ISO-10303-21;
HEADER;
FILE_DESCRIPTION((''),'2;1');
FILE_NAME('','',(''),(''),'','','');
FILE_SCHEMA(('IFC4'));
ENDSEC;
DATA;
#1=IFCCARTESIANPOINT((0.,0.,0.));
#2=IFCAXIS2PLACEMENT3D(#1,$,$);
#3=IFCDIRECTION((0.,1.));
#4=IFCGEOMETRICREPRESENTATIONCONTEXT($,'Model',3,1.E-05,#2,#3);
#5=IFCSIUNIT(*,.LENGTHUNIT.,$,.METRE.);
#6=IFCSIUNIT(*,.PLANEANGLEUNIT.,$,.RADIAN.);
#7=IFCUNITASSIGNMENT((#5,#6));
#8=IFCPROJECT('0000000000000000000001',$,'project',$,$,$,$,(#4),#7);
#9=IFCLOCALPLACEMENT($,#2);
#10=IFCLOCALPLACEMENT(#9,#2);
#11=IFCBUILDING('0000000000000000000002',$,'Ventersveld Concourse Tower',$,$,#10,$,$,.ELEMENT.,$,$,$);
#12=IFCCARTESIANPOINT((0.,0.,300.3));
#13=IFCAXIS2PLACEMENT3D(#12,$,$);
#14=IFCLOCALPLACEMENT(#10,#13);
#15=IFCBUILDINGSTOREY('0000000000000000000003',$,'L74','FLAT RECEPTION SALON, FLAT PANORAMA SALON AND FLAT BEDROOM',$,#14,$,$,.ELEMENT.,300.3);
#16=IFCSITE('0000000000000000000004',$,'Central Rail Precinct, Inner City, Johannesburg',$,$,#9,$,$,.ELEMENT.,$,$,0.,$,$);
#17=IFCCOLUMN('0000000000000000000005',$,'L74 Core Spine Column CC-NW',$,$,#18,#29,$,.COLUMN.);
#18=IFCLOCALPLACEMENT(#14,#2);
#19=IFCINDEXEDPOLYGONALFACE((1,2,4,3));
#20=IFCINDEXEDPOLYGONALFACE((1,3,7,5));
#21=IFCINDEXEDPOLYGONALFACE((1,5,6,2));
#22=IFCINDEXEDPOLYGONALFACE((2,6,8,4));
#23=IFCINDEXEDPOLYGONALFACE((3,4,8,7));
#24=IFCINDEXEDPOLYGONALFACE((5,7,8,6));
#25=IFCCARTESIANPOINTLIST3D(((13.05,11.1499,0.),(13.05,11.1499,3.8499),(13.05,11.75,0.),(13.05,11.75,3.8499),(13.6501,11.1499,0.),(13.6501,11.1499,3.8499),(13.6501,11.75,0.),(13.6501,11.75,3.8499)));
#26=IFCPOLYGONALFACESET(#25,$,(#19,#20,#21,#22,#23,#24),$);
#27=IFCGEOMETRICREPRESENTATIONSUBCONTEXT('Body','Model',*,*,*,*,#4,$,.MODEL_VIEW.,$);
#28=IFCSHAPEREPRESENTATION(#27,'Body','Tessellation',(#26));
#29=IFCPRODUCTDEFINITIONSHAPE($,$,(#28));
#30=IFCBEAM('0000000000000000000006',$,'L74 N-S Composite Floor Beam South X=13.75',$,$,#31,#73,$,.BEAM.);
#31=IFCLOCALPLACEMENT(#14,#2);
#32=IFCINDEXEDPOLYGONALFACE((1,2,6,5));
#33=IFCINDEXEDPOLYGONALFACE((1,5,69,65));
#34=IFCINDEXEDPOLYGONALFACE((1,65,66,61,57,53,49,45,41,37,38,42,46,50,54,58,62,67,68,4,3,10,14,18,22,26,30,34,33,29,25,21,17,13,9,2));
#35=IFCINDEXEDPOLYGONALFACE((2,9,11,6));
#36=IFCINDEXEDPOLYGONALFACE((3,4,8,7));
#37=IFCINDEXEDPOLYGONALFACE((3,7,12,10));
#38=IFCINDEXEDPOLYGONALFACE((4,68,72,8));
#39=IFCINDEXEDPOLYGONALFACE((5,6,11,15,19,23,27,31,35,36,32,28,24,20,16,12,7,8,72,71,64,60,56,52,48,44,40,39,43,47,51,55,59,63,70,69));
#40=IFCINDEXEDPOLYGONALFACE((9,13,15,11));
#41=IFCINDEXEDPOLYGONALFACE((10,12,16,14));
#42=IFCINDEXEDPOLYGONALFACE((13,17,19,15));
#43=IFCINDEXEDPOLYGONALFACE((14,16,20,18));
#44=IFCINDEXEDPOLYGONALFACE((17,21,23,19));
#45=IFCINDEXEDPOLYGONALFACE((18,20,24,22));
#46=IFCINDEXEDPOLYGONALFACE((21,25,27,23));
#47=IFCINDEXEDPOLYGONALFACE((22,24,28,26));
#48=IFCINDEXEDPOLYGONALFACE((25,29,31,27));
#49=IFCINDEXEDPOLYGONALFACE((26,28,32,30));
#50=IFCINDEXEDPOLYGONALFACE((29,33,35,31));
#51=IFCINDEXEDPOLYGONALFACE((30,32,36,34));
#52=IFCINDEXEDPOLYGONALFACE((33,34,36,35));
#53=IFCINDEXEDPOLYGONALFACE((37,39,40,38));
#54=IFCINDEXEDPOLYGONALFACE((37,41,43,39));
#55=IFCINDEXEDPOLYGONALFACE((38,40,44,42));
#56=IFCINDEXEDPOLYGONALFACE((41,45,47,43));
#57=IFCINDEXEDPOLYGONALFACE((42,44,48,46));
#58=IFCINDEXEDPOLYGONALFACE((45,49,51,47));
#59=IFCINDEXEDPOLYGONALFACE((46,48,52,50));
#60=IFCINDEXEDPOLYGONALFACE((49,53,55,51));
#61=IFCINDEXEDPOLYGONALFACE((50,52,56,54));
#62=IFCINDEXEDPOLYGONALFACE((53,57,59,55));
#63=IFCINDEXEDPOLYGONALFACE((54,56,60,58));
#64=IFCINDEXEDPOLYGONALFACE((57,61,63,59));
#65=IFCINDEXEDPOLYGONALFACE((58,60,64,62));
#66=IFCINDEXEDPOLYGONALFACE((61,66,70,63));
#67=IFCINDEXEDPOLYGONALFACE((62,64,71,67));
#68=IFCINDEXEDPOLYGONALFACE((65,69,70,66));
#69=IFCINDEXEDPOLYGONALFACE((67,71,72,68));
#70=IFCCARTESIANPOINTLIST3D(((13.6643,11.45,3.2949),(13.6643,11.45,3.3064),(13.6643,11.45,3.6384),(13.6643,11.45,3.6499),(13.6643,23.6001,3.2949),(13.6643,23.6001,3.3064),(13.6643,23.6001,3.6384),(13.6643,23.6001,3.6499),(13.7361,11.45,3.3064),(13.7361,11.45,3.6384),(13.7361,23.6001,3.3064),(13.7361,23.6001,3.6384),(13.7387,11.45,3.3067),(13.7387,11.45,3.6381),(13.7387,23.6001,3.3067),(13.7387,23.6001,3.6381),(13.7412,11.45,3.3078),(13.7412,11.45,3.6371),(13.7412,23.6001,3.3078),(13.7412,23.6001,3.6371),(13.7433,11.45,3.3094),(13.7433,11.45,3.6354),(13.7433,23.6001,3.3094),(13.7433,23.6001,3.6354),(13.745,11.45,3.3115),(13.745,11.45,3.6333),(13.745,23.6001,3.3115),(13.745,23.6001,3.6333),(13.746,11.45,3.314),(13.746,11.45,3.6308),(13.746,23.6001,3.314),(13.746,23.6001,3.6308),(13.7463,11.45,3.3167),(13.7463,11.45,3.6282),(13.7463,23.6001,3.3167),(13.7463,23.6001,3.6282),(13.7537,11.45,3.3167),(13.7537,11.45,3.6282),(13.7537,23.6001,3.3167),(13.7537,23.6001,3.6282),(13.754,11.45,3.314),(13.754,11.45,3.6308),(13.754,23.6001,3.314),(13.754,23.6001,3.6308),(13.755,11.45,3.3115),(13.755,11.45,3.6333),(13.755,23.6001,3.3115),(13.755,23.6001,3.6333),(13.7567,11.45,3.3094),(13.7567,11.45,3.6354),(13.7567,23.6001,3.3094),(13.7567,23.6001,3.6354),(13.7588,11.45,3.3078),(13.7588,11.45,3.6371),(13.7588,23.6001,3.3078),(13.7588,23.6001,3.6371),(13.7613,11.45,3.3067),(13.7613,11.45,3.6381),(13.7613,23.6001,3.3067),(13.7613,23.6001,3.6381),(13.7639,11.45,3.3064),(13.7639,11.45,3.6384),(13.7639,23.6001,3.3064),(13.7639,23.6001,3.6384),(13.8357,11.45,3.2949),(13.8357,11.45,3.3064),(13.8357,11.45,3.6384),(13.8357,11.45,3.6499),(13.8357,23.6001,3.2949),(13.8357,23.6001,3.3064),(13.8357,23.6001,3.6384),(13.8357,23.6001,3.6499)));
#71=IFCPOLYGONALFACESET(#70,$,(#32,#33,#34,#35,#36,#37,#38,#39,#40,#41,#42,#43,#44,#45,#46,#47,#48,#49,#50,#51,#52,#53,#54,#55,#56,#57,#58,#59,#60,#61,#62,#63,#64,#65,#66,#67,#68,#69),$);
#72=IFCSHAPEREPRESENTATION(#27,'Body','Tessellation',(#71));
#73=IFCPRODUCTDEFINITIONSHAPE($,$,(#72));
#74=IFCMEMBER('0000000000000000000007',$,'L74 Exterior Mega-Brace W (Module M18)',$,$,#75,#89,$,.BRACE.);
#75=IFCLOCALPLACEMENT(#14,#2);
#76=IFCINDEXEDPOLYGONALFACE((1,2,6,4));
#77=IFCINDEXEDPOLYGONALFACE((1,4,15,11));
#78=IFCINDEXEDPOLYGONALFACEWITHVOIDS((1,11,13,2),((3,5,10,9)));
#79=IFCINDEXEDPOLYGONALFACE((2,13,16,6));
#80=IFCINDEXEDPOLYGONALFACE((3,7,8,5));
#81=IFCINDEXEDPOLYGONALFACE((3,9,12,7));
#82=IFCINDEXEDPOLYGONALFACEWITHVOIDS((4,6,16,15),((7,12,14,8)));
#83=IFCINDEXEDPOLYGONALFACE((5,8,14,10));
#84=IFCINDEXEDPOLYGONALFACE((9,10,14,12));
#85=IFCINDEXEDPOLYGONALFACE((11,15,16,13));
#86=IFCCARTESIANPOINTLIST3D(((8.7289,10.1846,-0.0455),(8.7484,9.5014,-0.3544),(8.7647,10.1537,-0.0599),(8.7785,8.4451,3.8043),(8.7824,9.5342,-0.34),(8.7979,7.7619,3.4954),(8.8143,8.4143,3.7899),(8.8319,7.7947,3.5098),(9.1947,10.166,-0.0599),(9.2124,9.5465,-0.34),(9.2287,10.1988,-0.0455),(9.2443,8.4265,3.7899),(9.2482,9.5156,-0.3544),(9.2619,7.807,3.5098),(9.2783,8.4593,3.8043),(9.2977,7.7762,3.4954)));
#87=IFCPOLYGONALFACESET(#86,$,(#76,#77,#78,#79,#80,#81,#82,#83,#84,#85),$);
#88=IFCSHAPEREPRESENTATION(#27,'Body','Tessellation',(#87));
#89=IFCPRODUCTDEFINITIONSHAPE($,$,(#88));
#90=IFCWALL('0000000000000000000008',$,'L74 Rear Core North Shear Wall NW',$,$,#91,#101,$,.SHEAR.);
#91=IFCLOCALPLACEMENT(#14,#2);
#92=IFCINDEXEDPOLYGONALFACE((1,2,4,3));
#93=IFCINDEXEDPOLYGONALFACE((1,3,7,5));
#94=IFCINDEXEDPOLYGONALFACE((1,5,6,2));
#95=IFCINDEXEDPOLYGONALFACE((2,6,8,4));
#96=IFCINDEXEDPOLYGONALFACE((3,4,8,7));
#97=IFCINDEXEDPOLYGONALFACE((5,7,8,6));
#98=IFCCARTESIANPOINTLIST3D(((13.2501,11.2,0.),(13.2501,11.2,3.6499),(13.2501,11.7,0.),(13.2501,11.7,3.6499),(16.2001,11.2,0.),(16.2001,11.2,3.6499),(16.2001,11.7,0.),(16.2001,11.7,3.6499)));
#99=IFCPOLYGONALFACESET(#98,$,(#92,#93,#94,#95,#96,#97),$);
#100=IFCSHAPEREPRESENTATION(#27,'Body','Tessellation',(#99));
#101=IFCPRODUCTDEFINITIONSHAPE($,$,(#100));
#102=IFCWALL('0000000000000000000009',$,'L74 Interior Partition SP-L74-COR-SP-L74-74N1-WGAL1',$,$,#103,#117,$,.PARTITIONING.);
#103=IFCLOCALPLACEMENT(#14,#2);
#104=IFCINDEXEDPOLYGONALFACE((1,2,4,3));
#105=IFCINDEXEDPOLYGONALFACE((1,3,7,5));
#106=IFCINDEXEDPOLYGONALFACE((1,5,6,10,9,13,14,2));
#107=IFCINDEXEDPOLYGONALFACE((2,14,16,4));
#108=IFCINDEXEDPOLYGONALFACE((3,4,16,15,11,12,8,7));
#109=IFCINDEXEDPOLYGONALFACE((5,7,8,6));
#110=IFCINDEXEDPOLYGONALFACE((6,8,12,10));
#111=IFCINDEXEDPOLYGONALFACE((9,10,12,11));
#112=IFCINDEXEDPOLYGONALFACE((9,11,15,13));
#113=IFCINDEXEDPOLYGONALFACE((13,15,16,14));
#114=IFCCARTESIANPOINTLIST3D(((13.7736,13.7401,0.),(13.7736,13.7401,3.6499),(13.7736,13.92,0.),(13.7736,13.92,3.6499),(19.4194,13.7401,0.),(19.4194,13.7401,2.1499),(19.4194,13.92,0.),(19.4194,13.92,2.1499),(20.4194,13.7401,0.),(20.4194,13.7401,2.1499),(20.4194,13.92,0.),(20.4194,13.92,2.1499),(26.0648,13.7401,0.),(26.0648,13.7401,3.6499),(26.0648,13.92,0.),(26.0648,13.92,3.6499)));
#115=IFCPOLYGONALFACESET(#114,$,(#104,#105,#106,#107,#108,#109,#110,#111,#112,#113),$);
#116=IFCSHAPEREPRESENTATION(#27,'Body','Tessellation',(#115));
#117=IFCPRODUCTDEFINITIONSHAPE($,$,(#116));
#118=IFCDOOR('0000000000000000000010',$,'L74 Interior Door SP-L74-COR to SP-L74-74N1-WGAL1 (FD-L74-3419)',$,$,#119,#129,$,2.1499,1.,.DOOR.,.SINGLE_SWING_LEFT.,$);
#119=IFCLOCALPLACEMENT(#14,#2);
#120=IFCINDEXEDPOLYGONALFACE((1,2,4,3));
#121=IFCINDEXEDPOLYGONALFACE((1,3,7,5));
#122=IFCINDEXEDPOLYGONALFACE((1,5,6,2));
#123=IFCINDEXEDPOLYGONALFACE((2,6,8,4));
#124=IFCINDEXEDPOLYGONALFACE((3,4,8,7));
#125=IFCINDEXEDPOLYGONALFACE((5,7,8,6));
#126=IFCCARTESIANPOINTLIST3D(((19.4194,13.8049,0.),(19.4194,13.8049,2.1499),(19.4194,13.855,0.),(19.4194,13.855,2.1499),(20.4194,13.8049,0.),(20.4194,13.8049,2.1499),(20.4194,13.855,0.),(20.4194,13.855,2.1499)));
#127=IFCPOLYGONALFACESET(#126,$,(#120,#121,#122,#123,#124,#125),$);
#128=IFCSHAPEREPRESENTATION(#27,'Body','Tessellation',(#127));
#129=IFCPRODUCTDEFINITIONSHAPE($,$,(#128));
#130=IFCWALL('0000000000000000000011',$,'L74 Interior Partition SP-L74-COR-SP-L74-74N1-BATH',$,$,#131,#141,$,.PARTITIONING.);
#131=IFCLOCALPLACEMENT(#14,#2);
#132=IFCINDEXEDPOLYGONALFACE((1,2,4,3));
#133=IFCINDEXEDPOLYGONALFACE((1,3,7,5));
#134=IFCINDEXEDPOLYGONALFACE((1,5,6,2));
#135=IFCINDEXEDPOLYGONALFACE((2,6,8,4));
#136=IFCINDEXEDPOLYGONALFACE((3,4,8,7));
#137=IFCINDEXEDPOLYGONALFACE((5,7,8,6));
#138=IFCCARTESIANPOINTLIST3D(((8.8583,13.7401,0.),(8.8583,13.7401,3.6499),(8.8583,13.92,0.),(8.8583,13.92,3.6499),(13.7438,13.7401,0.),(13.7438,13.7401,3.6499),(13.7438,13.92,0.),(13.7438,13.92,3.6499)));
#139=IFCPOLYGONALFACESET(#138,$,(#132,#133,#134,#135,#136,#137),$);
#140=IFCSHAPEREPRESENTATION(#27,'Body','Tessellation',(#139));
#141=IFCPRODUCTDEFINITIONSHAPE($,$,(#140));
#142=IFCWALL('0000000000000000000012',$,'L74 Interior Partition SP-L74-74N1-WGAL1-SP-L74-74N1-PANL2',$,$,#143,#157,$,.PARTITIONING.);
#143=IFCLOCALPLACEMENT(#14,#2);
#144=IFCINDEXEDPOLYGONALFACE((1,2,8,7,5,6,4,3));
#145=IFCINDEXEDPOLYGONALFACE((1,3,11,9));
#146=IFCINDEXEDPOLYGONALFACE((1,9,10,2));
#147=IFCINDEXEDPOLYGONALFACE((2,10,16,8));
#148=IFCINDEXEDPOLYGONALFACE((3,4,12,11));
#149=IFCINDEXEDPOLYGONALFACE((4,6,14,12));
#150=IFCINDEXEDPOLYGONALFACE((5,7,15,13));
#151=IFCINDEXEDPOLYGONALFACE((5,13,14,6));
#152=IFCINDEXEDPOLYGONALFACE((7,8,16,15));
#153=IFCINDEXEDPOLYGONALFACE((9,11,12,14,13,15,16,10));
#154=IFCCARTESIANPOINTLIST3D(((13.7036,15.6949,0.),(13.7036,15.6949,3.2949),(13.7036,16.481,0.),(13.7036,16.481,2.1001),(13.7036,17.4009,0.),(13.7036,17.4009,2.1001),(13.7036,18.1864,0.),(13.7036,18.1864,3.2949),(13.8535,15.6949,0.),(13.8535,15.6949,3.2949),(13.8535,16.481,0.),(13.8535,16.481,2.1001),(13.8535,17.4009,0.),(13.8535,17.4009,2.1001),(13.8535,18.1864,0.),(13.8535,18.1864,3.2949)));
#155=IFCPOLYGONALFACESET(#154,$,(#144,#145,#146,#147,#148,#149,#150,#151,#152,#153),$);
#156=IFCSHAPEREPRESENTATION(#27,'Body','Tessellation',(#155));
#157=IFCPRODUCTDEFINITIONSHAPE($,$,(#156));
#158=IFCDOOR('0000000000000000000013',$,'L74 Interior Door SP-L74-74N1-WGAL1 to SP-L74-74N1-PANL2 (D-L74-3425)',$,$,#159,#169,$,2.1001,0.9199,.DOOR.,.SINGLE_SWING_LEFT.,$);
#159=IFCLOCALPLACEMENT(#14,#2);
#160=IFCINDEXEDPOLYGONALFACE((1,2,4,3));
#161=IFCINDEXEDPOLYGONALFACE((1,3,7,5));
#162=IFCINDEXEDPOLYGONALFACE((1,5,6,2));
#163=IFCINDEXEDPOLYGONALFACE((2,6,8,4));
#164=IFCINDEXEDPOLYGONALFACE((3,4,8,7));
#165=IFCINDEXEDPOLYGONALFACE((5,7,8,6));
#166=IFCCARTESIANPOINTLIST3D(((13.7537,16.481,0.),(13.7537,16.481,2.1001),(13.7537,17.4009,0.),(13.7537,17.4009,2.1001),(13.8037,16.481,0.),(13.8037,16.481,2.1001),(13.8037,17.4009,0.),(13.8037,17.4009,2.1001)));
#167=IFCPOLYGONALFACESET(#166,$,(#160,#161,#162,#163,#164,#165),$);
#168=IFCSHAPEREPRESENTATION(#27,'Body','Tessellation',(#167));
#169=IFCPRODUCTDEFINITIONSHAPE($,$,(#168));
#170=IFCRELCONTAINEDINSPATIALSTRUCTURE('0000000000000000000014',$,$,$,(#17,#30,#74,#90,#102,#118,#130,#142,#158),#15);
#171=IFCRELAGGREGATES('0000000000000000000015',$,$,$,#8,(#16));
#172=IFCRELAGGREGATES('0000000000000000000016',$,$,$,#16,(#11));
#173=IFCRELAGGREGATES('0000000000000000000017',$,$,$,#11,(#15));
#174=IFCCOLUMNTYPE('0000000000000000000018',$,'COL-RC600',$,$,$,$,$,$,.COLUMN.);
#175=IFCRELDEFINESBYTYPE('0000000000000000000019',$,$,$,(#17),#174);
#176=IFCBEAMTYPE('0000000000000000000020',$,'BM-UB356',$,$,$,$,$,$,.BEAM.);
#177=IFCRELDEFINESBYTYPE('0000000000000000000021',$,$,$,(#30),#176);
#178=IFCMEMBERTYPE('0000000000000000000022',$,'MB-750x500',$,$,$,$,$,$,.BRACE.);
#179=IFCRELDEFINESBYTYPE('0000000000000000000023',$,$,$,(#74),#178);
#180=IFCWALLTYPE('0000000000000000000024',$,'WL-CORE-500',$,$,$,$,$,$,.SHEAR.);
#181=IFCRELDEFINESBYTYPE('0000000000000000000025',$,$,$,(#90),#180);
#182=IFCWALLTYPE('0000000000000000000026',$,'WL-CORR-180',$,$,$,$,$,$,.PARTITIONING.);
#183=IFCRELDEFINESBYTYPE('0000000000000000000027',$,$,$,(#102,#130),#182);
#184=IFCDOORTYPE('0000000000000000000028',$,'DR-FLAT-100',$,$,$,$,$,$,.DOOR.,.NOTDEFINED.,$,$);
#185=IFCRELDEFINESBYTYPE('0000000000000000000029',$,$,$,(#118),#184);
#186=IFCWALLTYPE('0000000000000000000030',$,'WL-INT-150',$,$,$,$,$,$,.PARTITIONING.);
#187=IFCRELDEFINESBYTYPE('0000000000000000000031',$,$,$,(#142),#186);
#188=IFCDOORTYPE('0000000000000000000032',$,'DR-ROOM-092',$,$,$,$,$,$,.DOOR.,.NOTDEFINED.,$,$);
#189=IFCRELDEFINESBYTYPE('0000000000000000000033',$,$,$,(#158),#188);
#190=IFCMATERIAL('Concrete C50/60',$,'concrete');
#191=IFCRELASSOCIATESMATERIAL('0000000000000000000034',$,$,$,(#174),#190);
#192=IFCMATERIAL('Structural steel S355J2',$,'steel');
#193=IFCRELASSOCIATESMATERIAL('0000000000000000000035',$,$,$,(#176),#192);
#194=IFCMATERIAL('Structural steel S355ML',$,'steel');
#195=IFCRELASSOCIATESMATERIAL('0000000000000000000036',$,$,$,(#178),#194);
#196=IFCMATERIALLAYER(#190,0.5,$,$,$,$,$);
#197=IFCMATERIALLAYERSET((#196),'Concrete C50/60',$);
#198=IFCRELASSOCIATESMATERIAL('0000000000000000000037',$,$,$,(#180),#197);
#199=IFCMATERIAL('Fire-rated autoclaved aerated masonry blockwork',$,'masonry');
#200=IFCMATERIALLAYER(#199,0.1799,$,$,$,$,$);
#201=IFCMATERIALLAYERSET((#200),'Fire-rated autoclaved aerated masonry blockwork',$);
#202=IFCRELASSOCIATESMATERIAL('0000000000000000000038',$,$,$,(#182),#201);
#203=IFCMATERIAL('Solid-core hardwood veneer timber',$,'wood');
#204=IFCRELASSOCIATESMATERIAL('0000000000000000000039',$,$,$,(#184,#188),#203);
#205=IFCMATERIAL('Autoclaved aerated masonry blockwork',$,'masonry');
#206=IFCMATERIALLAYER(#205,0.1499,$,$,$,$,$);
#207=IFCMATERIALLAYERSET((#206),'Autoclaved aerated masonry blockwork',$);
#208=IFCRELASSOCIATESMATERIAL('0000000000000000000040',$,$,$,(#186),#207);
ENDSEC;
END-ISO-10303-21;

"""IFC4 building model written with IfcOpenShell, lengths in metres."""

from ifc_helpers import new_model, si_unit, direction, frame, frame_2d, origin, origin_2d, place, context, subcontext, project, spatial, rectangle, hollow_rectangle, i_section, extrude, material, layer, layer_set, material_profile, profile_set, type_object, element, fill, save


model = new_model("IFC4")

# Units and contexts
model_context = context("Model", 3, precision=1e-05, world=origin(), true_north=direction((0.0, 1.0)))
body_context = subcontext(model_context, "Body", "Model", "MODEL_VIEW")
ifc_project = project(units=[si_unit("LENGTHUNIT", "METRE"), si_unit("PLANEANGLEUNIT", "RADIAN")], contexts=[model_context])

# Site, building, storey
site_placement = place(None, origin())
site = spatial("IfcSite", under=ifc_project, at=site_placement, Name="Central Rail Precinct, Inner City, Johannesburg", CompositionType="ELEMENT", RefElevation=0.0)
building_placement = place(site_placement, origin())
building = spatial("IfcBuilding", under=site, at=building_placement, Name="Ventersveld Concourse Tower", CompositionType="ELEMENT")
storey_placement = place(building_placement, frame((0.0, 0.0, 300.3)))
storey = spatial("IfcBuildingStorey", under=building, at=storey_placement, Name="L74", Description="FLAT RECEPTION SALON, FLAT PANORAMA SALON AND FLAT BEDROOM", CompositionType="ELEMENT", Elevation=300.3)

# Column
ifc_material_1 = material(Name="Concrete C50/60", Category="concrete")
ifc_material_profile_1 = material_profile(ifc_material_1, rectangle(XDim=0.6001, YDim=0.6001, at=origin_2d()), Name="RC 600x600")
ifc_profile_set_1 = profile_set([ifc_material_profile_1], Name="Concrete C50/60")
column_type = type_object("IfcColumnType", Name="COL-RC600", PredefinedType="COLUMN", material=ifc_profile_set_1)
column_placement = place(storey_placement, frame((13.3501, 11.45, 0.0), z_axis=(0.0, 0.0, 1.0), x_axis=(1.0, 0.0, 0.0)))
element("IfcColumn", 1, at=column_placement, inside=storey, type_object=column_type, Name="L74 Core Spine Column CC-NW", PredefinedType="COLUMN", context=body_context, shape_type="SweptSolid", body=[
    extrude(rectangle(XDim=0.6001, YDim=0.6001, at=origin_2d()), origin(), (0.0, 0.0, 1.0), 3.8499),
])

# Beam
ifc_material_2 = material(Name="Structural steel S355J2", Category="steel")
ifc_material_profile_2 = material_profile(ifc_material_2, i_section(OverallWidth=0.1714, OverallDepth=0.355, WebThickness=0.0073, FlangeThickness=0.0115, FilletRadius=0.0103, at=origin_2d()), Name="UB 356x171x51")
ifc_profile_set_2 = profile_set([ifc_material_profile_2], Name="Structural steel S355J2")
beam_type = type_object("IfcBeamType", Name="BM-UB356", PredefinedType="BEAM", material=ifc_profile_set_2)
beam_placement = place(storey_placement, frame((13.75, 11.45, 3.4724), z_axis=(0.0, 1.0, 0.0), x_axis=(-1.0, 0.0, 0.0)))
element("IfcBeam", 2, at=beam_placement, inside=storey, type_object=beam_type, Name="L74 N-S Composite Floor Beam South X=13.75", PredefinedType="BEAM", context=body_context, shape_type="SweptSolid", body=[
    extrude(i_section(OverallWidth=0.1714, OverallDepth=0.355, WebThickness=0.0073, FlangeThickness=0.0115, FilletRadius=0.0103, at=origin_2d()), origin(), (0.0, 0.0, 1.0), 12.1501),
])

# Member
ifc_material_3 = material(Name="Structural steel S355ML", Category="steel")
ifc_material_profile_3 = material_profile(ifc_material_3, hollow_rectangle(XDim=0.5, YDim=0.75, WallThickness=0.0349, at=origin_2d()), Name="BOX 750x500x35")
ifc_profile_set_3 = profile_set([ifc_material_profile_3], Name="Structural steel S355ML")
member_type = type_object("IfcMemberType", Name="MB-750x500", PredefinedType="BRACE", material=ifc_profile_set_3)
member_placement = place(storey_placement, frame((8.9885, 9.8501, -0.2), z_axis=(0.011731, -0.411727, 0.911232), x_axis=(0.999594, 0.02848, 0.0)))
element("IfcMember", 3, at=member_placement, inside=storey, type_object=member_type, Name="L74 Exterior Mega-Brace W (Module M18)", PredefinedType="BRACE", context=body_context, shape_type="SweptSolid", body=[
    extrude(hollow_rectangle(XDim=0.5, YDim=0.75, WallThickness=0.0349, at=origin_2d()), origin(), (0.0, 0.0, 1.0), 4.2249),
])

# Wall
ifc_layer_1 = layer(ifc_material_1, 0.5)
ifc_layer_set_1 = layer_set([ifc_layer_1], Name="Concrete C50/60")
wall_type_1 = type_object("IfcWallType", Name="WL-CORE-500", PredefinedType="SHEAR", material=ifc_layer_set_1)
wall_1_placement = place(storey_placement, frame((13.25, 11.45, 0.0), z_axis=(0.0, 0.0, 1.0), x_axis=(1.0, 0.0, 0.0)))
element("IfcWall", 4, at=wall_1_placement, inside=storey, type_object=wall_type_1, Name="L74 Rear Core North Shear Wall NW", PredefinedType="SHEAR", context=body_context, shape_type="SweptSolid", body=[
    extrude(rectangle(XDim=2.95, YDim=0.5, at=frame_2d((1.4751, 0.0))), origin(), (0.0, 0.0, 1.0), 3.6499),
])

# Wall, opening, door
ifc_material_4 = material(Name="Fire-rated autoclaved aerated masonry blockwork", Category="masonry")
ifc_layer_2 = layer(ifc_material_4, 0.1799)
ifc_layer_set_2 = layer_set([ifc_layer_2], Name="Fire-rated autoclaved aerated masonry blockwork")
wall_type_2 = type_object("IfcWallType", Name="WL-CORR-180", PredefinedType="PARTITIONING", material=ifc_layer_set_2)
ifc_material_5 = material(Name="Solid-core hardwood veneer timber", Category="wood")
door_type_1 = type_object("IfcDoorType", Name="DR-FLAT-100", OperationType="NOTDEFINED", PredefinedType="DOOR", material=ifc_material_5)
wall_2_placement = place(storey_placement, frame((13.7737, 13.8301, 0.0), z_axis=(0.0, 0.0, 1.0), x_axis=(1.0, 0.0, 0.0)))
wall_2 = element("IfcWall", 5, at=wall_2_placement, inside=storey, type_object=wall_type_2, Name="L74 Interior Partition SP-L74-COR-SP-L74-74N1-WGAL1", PredefinedType="PARTITIONING", context=body_context, shape_type="SweptSolid", body=[
    extrude(rectangle(XDim=12.2913, YDim=0.1799, at=frame_2d((6.1455, 0.0))), origin(), (0.0, 0.0, 1.0), 3.6499),
])
opening_1_placement = place(wall_2_placement, frame((5.6458, 0.0, 0.0)))
opening_1 = element("IfcOpeningElement", 6, at=opening_1_placement, cuts=wall_2, PredefinedType="OPENING", context=body_context, shape_type="SweptSolid", body=[
    extrude(rectangle(XDim=1.0, YDim=2.1499, at=frame_2d((0.5, 1.075))), frame((0.0, 0.1001, 0.0), z_axis=(0.0, -1.0, 0.0), x_axis=(1.0, 0.0, 0.0)), (0.0, 0.0, 1.0), 0.2),
])
door_1_placement = place(opening_1_placement, origin())
door_1 = element("IfcDoor", 7, at=door_1_placement, inside=storey, type_object=door_type_1, Name="L74 Interior Door SP-L74-COR to SP-L74-74N1-WGAL1 (FD-L74-3419)", OperationType="SINGLE_SWING_LEFT", OverallHeight=2.1499, OverallWidth=1.0, PredefinedType="DOOR", context=body_context, shape_type="SweptSolid", body=[
    extrude(rectangle(XDim=1.0, YDim=2.1499, at=frame_2d((0.5, 1.075))), frame((0.0, 0.0249, 0.0), z_axis=(0.0, -1.0, 0.0), x_axis=(1.0, 0.0, 0.0)), (0.0, 0.0, 1.0), 0.05),
])
fill(opening_1, door_1)

# Wall
wall_3_placement = place(storey_placement, frame((8.8582, 13.8301, 0.0), z_axis=(0.0, 0.0, 1.0), x_axis=(1.0, 0.0, 0.0)))
element("IfcWall", 8, at=wall_3_placement, inside=storey, type_object=wall_type_2, Name="L74 Interior Partition SP-L74-COR-SP-L74-74N1-BATH", PredefinedType="PARTITIONING", context=body_context, shape_type="SweptSolid", body=[
    extrude(rectangle(XDim=4.8855, YDim=0.1799, at=frame_2d((2.4429, 0.0))), origin(), (0.0, 0.0, 1.0), 3.6499),
])

# Wall, opening, door
ifc_material_6 = material(Name="Autoclaved aerated masonry blockwork", Category="masonry")
ifc_layer_3 = layer(ifc_material_6, 0.1499)
ifc_layer_set_3 = layer_set([ifc_layer_3], Name="Autoclaved aerated masonry blockwork")
wall_type_3 = type_object("IfcWallType", Name="WL-INT-150", PredefinedType="PARTITIONING", material=ifc_layer_set_3)
wall_4_placement = place(storey_placement, frame((13.7786, 15.6951, 0.0), z_axis=(0.0, 0.0, 1.0), x_axis=(0.0, 1.0, 0.0)))
wall_4 = element("IfcWall", 9, at=wall_4_placement, inside=storey, type_object=wall_type_3, Name="L74 Interior Partition SP-L74-74N1-WGAL1-SP-L74-74N1-PANL2", PredefinedType="PARTITIONING", context=body_context, shape_type="SweptSolid", body=[
    extrude(rectangle(XDim=2.4915, YDim=0.1499, at=frame_2d((1.2456, 0.0))), origin(), (0.0, 0.0, 1.0), 3.2949),
])
opening_2_placement = place(wall_4_placement, frame((0.7859, 0.0, 0.0)))
opening_2 = element("IfcOpeningElement", 10, at=opening_2_placement, cuts=wall_4, PredefinedType="OPENING", context=body_context, shape_type="SweptSolid", body=[
    extrude(rectangle(XDim=0.9199, YDim=2.1001, at=frame_2d((0.46, 1.05))), frame((0.0, 0.085, 0.0), z_axis=(0.0, -1.0, 0.0), x_axis=(1.0, 0.0, 0.0)), (0.0, 0.0, 1.0), 0.1699),
])
door_type_2 = type_object("IfcDoorType", Name="DR-ROOM-092", OperationType="NOTDEFINED", PredefinedType="DOOR", material=ifc_material_5)
door_2_placement = place(opening_2_placement, origin())
door_2 = element("IfcDoor", 11, at=door_2_placement, inside=storey, type_object=door_type_2, Name="L74 Interior Door SP-L74-74N1-WGAL1 to SP-L74-74N1-PANL2 (D-L74-3425)", OperationType="SINGLE_SWING_LEFT", OverallHeight=2.1001, OverallWidth=0.9199, PredefinedType="DOOR", context=body_context, shape_type="SweptSolid", body=[
    extrude(rectangle(XDim=0.9199, YDim=2.1001, at=frame_2d((0.46, 1.05))), frame((0.0, 0.0249, 0.0), z_axis=(0.0, -1.0, 0.0), x_axis=(1.0, 0.0, 0.0)), (0.0, 0.0, 1.0), 0.05),
])
fill(opening_2, door_2)

save(model, "model.ifc")
